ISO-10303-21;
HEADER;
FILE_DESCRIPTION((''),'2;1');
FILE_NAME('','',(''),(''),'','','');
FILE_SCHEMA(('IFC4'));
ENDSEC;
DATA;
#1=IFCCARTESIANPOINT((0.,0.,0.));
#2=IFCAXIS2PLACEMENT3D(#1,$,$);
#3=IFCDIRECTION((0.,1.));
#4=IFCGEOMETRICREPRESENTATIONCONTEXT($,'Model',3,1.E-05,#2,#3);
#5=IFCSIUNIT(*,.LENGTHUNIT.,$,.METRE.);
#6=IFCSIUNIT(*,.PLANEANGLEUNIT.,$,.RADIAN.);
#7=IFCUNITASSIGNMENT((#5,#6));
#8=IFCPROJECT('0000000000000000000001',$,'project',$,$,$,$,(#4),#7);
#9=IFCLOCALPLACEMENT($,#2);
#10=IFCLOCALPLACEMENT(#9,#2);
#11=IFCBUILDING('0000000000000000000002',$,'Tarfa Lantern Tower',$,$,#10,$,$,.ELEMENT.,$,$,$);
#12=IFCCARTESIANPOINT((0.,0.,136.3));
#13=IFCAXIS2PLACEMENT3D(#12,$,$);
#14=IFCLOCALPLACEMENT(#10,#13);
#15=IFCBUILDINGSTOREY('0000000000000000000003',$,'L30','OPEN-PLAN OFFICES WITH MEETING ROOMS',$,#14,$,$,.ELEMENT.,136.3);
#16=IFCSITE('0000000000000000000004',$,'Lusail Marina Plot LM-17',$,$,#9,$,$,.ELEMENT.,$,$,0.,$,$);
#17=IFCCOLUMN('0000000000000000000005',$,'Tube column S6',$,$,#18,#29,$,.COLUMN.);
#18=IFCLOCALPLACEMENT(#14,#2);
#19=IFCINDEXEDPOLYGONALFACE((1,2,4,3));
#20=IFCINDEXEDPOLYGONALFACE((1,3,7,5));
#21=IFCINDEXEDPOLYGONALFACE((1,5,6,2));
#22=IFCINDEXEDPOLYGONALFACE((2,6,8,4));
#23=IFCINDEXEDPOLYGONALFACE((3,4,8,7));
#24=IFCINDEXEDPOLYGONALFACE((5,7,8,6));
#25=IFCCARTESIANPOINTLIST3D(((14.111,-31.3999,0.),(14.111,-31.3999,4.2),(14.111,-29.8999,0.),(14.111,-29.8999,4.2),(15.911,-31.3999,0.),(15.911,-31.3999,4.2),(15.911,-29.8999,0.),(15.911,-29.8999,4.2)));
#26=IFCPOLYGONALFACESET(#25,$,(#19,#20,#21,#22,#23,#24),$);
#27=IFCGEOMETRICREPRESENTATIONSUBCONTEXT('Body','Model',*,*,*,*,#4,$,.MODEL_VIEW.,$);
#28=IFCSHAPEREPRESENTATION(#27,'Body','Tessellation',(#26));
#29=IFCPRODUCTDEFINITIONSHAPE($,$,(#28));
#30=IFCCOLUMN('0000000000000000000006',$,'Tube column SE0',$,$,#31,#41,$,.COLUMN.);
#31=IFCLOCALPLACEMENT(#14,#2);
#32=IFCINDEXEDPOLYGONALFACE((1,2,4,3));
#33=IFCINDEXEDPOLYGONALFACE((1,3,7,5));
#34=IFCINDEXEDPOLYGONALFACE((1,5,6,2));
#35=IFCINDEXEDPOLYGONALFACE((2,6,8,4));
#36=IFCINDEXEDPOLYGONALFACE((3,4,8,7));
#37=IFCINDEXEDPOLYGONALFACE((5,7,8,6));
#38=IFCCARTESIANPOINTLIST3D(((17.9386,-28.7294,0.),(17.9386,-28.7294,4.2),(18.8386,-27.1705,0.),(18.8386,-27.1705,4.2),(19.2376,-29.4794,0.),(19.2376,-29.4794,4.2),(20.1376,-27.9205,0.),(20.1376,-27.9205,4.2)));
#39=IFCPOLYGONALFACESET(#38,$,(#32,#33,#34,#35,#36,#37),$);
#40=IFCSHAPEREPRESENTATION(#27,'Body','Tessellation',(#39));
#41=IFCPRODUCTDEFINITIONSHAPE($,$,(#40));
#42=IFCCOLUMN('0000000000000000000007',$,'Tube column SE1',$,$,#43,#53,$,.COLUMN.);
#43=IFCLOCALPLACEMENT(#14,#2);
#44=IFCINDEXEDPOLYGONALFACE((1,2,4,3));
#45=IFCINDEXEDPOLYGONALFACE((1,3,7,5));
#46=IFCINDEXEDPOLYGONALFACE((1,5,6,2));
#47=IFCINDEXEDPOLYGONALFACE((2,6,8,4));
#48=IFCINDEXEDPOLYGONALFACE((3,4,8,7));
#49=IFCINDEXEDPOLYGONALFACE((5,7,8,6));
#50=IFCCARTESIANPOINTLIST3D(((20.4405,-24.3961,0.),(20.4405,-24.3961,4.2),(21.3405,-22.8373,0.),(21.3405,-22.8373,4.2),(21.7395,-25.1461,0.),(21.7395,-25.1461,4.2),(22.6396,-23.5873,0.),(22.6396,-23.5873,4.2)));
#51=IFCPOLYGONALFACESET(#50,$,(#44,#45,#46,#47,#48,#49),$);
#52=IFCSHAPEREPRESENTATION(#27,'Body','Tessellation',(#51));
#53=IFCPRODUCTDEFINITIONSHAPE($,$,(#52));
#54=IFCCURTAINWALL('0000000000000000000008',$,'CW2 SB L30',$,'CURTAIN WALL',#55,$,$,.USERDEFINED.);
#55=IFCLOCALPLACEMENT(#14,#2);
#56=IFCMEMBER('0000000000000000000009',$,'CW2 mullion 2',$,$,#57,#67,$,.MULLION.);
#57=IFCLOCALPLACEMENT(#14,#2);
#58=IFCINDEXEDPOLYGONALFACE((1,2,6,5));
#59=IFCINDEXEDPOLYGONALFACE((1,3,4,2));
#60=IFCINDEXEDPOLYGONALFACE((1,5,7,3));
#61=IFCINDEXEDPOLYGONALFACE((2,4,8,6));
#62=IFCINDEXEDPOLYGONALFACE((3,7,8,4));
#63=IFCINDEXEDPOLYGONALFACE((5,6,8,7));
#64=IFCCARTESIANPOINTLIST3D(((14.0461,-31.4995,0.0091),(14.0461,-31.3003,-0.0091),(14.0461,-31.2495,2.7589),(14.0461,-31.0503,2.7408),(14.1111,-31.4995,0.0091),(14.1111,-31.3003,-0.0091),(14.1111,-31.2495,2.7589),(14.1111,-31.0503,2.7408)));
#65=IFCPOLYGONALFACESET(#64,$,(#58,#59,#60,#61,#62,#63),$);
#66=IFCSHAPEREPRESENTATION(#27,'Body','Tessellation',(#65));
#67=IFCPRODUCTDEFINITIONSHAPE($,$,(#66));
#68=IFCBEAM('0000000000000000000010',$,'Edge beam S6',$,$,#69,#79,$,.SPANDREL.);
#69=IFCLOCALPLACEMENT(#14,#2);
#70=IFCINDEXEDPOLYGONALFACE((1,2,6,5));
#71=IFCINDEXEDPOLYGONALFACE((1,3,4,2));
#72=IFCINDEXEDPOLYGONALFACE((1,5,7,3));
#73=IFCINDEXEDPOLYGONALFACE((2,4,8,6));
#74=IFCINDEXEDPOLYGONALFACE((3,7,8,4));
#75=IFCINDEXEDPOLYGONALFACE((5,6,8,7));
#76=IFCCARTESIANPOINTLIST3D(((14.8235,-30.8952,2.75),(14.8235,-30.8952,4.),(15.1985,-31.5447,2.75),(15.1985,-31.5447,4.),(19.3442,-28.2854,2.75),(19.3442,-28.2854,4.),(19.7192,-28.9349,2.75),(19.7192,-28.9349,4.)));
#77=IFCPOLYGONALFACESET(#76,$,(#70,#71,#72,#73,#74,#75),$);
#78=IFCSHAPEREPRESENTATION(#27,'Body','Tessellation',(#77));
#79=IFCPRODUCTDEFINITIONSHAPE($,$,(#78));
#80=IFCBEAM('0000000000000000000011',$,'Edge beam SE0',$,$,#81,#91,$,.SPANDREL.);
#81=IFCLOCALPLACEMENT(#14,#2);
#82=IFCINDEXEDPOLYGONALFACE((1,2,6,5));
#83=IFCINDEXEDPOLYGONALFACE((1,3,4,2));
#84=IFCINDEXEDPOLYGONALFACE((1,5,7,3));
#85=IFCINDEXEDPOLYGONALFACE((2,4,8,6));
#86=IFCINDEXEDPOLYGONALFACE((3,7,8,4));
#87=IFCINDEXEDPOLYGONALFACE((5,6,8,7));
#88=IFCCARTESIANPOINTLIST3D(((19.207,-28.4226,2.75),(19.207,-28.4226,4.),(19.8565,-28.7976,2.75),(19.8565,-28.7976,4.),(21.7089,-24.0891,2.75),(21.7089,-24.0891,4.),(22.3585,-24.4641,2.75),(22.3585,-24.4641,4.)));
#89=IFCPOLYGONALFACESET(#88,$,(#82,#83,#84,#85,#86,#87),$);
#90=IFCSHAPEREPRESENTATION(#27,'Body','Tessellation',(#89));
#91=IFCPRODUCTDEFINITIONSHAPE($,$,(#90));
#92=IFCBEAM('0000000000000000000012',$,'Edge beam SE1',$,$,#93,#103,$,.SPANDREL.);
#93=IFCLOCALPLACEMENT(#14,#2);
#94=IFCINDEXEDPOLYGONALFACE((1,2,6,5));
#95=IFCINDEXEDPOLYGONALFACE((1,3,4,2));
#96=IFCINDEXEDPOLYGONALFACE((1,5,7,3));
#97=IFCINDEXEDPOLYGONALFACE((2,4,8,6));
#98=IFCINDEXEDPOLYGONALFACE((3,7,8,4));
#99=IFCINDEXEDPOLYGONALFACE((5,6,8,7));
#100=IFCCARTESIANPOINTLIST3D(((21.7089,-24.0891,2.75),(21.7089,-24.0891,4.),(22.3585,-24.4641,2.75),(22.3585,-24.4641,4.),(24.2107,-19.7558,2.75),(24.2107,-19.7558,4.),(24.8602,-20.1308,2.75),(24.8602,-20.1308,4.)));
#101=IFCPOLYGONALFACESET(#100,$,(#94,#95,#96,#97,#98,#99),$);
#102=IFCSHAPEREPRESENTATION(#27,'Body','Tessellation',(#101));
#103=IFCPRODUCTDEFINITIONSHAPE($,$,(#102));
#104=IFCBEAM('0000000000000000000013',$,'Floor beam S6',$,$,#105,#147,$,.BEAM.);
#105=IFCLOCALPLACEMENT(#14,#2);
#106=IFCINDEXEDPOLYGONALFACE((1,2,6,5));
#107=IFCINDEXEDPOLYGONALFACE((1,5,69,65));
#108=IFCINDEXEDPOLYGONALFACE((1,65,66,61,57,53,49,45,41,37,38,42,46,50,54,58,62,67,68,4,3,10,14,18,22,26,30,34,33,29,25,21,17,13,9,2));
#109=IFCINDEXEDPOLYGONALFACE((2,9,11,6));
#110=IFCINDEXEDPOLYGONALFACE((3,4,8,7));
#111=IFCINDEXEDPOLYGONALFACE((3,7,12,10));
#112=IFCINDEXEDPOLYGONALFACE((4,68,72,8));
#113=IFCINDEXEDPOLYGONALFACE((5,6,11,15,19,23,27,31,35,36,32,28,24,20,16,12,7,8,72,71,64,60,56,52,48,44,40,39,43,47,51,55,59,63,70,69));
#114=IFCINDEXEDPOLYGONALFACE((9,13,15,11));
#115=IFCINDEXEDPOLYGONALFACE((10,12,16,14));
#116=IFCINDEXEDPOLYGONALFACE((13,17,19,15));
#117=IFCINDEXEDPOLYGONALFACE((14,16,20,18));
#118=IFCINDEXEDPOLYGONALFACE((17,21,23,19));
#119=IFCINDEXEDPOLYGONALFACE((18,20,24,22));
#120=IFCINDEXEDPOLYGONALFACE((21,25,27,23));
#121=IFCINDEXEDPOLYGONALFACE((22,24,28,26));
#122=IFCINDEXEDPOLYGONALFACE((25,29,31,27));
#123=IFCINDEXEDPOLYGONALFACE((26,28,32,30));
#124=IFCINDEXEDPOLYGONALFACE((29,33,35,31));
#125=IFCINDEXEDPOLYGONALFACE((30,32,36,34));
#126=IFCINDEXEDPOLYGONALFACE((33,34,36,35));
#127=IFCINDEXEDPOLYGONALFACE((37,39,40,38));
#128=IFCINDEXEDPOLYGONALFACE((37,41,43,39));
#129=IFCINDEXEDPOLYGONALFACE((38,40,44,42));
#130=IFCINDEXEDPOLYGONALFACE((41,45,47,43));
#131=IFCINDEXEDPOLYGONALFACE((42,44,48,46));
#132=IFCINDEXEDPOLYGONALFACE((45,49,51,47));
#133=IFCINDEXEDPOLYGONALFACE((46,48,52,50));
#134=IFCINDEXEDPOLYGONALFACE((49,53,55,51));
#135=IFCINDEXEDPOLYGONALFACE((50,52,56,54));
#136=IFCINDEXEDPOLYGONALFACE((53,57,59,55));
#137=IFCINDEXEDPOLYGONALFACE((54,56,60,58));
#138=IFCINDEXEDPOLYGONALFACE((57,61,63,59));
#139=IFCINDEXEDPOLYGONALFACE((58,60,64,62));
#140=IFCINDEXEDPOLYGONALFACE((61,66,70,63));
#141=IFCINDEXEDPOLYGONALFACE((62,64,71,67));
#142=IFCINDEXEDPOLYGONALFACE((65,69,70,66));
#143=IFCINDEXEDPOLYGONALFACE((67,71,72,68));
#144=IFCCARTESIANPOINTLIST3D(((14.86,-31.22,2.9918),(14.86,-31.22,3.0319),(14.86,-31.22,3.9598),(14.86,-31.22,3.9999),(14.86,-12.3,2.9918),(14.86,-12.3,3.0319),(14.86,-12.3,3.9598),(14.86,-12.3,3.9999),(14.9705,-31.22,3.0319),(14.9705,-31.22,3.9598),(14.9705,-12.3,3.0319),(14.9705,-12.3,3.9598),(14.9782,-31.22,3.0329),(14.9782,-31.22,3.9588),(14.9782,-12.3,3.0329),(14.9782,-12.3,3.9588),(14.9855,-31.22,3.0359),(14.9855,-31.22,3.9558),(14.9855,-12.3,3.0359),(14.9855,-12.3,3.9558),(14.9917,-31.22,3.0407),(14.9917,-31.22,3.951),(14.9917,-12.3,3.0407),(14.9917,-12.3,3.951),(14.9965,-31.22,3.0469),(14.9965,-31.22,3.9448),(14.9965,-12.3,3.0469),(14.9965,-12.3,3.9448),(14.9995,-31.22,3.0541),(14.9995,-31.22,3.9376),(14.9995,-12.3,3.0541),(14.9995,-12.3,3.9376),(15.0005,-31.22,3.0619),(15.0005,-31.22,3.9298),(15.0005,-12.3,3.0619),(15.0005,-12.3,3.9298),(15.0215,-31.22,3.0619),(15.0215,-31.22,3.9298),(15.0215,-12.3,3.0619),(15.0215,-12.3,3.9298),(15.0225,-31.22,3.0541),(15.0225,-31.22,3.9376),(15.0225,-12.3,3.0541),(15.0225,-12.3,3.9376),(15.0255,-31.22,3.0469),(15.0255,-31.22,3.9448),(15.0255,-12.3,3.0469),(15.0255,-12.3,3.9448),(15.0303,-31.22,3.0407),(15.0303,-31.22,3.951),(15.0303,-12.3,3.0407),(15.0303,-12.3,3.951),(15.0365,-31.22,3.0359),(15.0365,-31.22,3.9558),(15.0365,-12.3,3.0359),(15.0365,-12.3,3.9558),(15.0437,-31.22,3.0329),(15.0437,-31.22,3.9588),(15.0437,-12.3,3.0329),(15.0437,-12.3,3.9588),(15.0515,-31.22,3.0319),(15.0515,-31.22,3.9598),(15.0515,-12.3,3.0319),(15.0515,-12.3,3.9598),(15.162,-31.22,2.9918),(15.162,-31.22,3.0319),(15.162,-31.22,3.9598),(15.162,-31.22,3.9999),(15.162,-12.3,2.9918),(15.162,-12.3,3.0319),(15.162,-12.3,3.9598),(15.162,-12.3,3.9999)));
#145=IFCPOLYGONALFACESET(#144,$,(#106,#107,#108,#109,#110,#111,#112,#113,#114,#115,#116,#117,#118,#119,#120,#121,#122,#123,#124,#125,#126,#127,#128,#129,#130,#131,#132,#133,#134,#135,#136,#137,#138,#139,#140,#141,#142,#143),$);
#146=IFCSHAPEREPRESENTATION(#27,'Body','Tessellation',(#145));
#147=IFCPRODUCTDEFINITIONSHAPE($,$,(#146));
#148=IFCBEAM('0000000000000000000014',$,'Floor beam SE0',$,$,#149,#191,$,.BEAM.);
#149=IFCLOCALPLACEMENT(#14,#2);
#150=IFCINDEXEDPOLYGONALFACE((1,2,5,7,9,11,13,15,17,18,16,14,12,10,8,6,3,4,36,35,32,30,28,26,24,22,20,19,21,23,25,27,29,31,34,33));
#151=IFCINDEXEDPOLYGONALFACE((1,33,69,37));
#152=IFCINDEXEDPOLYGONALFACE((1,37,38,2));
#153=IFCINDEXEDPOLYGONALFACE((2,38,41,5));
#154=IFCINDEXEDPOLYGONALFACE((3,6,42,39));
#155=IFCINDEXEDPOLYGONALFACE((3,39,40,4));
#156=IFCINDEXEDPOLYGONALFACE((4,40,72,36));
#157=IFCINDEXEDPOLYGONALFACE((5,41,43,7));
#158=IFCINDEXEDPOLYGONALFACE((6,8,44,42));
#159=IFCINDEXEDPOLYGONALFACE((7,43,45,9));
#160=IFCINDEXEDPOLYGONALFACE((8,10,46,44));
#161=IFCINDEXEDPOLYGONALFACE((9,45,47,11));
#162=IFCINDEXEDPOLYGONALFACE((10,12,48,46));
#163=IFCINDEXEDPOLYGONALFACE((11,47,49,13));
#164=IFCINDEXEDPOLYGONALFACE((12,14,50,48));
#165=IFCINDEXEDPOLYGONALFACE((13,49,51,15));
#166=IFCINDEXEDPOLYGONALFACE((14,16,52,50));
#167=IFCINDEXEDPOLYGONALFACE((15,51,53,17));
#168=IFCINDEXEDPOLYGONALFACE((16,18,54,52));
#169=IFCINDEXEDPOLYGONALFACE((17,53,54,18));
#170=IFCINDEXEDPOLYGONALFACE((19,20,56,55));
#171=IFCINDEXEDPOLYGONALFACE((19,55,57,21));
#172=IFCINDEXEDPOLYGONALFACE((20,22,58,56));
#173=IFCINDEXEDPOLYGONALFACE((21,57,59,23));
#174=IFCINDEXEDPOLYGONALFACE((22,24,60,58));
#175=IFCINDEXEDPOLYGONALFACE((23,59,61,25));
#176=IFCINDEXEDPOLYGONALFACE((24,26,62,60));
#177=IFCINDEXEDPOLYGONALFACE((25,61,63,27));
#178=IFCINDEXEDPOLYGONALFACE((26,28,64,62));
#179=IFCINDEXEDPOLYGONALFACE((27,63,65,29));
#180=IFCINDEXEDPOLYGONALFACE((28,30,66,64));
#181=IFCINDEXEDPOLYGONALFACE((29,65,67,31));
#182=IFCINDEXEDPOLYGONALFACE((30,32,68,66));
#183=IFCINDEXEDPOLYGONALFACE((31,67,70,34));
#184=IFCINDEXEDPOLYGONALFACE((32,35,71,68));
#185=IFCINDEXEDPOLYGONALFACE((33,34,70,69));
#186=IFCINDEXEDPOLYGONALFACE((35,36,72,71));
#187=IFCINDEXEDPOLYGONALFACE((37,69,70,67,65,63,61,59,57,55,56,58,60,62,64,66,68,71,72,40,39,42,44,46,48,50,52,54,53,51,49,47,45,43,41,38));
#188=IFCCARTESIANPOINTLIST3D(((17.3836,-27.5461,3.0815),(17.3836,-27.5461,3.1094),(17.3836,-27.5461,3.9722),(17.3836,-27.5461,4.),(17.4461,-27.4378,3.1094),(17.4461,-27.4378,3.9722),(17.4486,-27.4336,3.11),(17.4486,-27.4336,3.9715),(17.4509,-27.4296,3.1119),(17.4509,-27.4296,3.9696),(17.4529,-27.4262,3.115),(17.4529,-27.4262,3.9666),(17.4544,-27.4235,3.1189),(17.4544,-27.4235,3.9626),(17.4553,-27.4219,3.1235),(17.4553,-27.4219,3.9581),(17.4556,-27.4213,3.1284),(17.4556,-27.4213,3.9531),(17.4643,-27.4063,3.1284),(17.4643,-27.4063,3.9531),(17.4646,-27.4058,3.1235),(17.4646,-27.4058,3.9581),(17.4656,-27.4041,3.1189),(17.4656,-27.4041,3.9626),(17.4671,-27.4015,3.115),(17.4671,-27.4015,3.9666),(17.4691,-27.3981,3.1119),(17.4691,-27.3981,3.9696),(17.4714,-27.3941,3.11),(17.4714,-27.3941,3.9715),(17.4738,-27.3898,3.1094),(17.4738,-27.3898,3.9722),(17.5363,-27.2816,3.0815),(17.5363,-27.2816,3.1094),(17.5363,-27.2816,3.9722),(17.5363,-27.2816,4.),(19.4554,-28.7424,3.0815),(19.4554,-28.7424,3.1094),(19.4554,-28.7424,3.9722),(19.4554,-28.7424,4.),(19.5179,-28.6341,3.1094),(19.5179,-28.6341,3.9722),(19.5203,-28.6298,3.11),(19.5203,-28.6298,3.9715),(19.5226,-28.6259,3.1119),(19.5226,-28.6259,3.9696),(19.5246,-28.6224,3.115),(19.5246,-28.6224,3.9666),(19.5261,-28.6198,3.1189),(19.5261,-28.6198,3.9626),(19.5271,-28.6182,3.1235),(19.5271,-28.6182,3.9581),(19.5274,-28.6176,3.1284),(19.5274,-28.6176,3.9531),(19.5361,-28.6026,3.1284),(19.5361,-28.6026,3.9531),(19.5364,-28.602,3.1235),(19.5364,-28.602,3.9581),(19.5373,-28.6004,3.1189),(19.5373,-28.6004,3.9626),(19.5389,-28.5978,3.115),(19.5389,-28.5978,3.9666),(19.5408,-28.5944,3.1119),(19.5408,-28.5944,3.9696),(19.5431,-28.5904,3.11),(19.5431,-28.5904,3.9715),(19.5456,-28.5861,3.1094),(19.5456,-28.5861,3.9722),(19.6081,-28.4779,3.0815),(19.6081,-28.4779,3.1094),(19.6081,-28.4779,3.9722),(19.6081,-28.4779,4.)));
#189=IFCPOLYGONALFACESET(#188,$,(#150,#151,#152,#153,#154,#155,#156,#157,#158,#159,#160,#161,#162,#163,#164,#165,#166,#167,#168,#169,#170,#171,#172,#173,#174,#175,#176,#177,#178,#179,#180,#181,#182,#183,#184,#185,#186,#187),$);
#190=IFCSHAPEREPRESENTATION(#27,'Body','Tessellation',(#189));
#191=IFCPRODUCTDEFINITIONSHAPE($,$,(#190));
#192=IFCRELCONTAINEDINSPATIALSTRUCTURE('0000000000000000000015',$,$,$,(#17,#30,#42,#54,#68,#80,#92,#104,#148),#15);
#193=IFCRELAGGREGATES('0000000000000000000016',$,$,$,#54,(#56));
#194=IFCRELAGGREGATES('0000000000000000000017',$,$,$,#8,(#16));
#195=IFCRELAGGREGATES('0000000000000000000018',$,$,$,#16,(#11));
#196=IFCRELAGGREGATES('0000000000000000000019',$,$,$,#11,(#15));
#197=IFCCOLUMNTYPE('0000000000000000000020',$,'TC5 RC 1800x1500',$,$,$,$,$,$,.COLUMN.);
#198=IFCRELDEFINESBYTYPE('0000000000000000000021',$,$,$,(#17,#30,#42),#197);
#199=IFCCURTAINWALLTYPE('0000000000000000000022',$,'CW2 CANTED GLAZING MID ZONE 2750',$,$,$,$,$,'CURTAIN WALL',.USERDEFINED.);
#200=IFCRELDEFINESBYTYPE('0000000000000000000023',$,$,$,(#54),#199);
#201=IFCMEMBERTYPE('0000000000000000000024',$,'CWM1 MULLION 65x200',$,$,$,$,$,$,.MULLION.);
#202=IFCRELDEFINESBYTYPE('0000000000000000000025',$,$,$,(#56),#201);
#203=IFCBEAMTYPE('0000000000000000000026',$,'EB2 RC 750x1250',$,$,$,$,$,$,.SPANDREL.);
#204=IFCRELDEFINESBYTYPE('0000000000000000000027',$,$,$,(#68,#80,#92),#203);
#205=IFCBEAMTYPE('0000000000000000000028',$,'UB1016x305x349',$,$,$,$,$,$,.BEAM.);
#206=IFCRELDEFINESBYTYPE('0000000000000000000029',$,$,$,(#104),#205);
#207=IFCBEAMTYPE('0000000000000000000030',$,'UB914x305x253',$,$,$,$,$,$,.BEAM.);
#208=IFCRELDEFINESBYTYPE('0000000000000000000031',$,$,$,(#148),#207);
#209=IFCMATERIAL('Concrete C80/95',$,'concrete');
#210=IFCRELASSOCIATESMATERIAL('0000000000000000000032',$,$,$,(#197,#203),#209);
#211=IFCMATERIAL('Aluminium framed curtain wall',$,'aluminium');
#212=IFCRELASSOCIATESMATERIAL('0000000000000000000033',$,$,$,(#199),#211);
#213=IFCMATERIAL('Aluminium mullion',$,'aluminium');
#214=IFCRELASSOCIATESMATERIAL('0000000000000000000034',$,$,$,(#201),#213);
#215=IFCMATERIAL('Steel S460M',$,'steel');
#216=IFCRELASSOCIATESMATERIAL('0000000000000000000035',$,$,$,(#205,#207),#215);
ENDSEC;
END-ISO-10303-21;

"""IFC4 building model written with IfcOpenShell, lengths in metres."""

from ifc_helpers import new_model, si_unit, direction, frame, origin, origin_2d, place, context, subcontext, project, spatial, rectangle, i_section, extrude, material, material_profile, profile_set, type_object, element, aggregate, save


model = new_model("IFC4")

# Units and contexts
model_context = context("Model", 3, precision=1e-05, world=origin(), true_north=direction((0.0, 1.0)))
body_context = subcontext(model_context, "Body", "Model", "MODEL_VIEW")
ifc_project = project(units=[si_unit("LENGTHUNIT", "METRE"), si_unit("PLANEANGLEUNIT", "RADIAN")], contexts=[model_context])

# Site, building, storey
site_placement = place(None, origin())
site = spatial("IfcSite", under=ifc_project, at=site_placement, Name="Lusail Marina Plot LM-17", CompositionType="ELEMENT", RefElevation=0.0)
building_placement = place(site_placement, origin())
building = spatial("IfcBuilding", under=site, at=building_placement, Name="Tarfa Lantern Tower", CompositionType="ELEMENT")
storey_placement = place(building_placement, frame((0.0, 0.0, 136.3)))
storey = spatial("IfcBuildingStorey", under=building, at=storey_placement, Name="L30", Description="OPEN-PLAN OFFICES WITH MEETING ROOMS", CompositionType="ELEMENT", Elevation=136.3)

# Columns
ifc_material_1 = material(Name="Concrete C80/95", Category="concrete")
ifc_material_profile_1 = material_profile(ifc_material_1, rectangle(XDim=1.8, YDim=1.5, at=origin_2d()), Name="RC 1800x1500")
ifc_profile_set_1 = profile_set([ifc_material_profile_1], Name="Concrete C80/95")
column_type = type_object("IfcColumnType", Name="TC5 RC 1800x1500", PredefinedType="COLUMN", material=ifc_profile_set_1)
for number, where, z_axis, x_axis, name in (
    (1, (15.011, -30.6499, 0.0), (0.0, 0.0, 1.0), (1.0, 0.0, 0.0), "Tube column S6"),
    (2, (19.0381, -28.325, 0.0), (0.0, 0.0, 1.0), (0.5, 0.866025, 0.0), "Tube column SE0"),
    (3, (21.54, -23.9917, 0.0), (0.0, 0.0, 1.0), (0.5, 0.866025, 0.0), "Tube column SE1"),
):
    element("IfcColumn", number, at=place(storey_placement, frame(where, z_axis=z_axis, x_axis=x_axis)), inside=storey, type_object=column_type, Name=name, PredefinedType="COLUMN", context=body_context, shape_type="SweptSolid", body=[
        extrude(rectangle(XDim=1.8, YDim=1.5, at=origin_2d()), origin(), (0.0, 0.0, 1.0), 4.2),
    ])

# Curtain wall, member
ifc_material_2 = material(Name="Aluminium framed curtain wall", Category="aluminium")
curtain_wall_type = type_object("IfcCurtainWallType", Name="CW2 CANTED GLAZING MID ZONE 2750", ElementType="CURTAIN WALL", PredefinedType="USERDEFINED", material=ifc_material_2)
curtain_wall_placement = place(storey_placement, origin())
curtain_wall = element("IfcCurtainWall", 4, at=curtain_wall_placement, inside=storey, type_object=curtain_wall_type, Name="CW2 SB L30", ObjectType="CURTAIN WALL", PredefinedType="USERDEFINED")
ifc_material_3 = material(Name="Aluminium mullion", Category="aluminium")
ifc_material_profile_2 = material_profile(ifc_material_3, rectangle(XDim=0.0649, YDim=0.2, at=origin_2d()), Name="AL MULLION 65x200")
ifc_profile_set_2 = profile_set([ifc_material_profile_2], Name="Aluminium mullion")
member_type = type_object("IfcMemberType", Name="CWM1 MULLION 65x200", PredefinedType="MULLION", material=ifc_profile_set_2)
member_placement = place(storey_placement, frame((14.0786, -31.3999, 0.0), z_axis=(0.0, 0.090536, 0.995893), x_axis=(-1.0, 0.0, 0.0)))
member = element("IfcMember", 5, at=member_placement, type_object=member_type, Name="CW2 mullion 2", PredefinedType="MULLION", context=body_context, shape_type="SweptSolid", body=[
    extrude(rectangle(XDim=0.0649, YDim=0.2, at=origin_2d()), origin(), (0.0, 0.0, 1.0), 2.7612),
])
aggregate(curtain_wall, [member])

# Beams
ifc_material_profile_3 = material_profile(ifc_material_1, rectangle(XDim=0.75, YDim=1.25, at=origin_2d()), Name="RC 750x1250")
ifc_profile_set_3 = profile_set([ifc_material_profile_3], Name="Concrete C80/95")
beam_type_1 = type_object("IfcBeamType", Name="EB2 RC 750x1250", PredefinedType="SPANDREL", material=ifc_profile_set_3)
beam_1_placement = place(storey_placement, frame((15.011, -31.22, 3.375), z_axis=(0.866042, 0.499972, 0.0), x_axis=(-0.499972, 0.866042, 0.0)))
element("IfcBeam", 6, at=beam_1_placement, inside=storey, type_object=beam_type_1, Name="Edge beam S6", PredefinedType="SPANDREL", context=body_context, shape_type="SweptSolid", body=[
    extrude(rectangle(XDim=0.75, YDim=1.25, at=origin_2d()), origin(), (0.0, 0.0, 1.0), 5.22),
])
beam_2_placement = place(storey_placement, frame((19.5317, -28.6101, 3.375), z_axis=(0.500001, 0.866025, 0.0), x_axis=(-0.866025, 0.500001, 0.0)))
element("IfcBeam", 7, at=beam_2_placement, inside=storey, type_object=beam_type_1, Name="Edge beam SE0", PredefinedType="SPANDREL", context=body_context, shape_type="SweptSolid", body=[
    extrude(rectangle(XDim=0.75, YDim=1.25, at=origin_2d()), origin(), (0.0, 0.0, 1.0), 5.0039),
])
beam_3_placement = place(storey_placement, frame((22.0337, -24.2766, 3.375), z_axis=(0.499986, 0.866034, 0.0), x_axis=(-0.866034, 0.499986, 0.0)))
element("IfcBeam", 8, at=beam_3_placement, inside=storey, type_object=beam_type_1, Name="Edge beam SE1", PredefinedType="SPANDREL", context=body_context, shape_type="SweptSolid", body=[
    extrude(rectangle(XDim=0.75, YDim=1.25, at=origin_2d()), origin(), (0.0, 0.0, 1.0), 5.0037),
])
ifc_material_4 = material(Name="Steel S460M", Category="steel")
ifc_material_profile_4 = material_profile(ifc_material_4, i_section(OverallWidth=0.302, OverallDepth=1.0081, WebThickness=0.021, FlangeThickness=0.04, FilletRadius=0.03, at=origin_2d()), Name="UB1016x305x349")
ifc_profile_set_4 = profile_set([ifc_material_profile_4], Name="Steel S460M")
beam_type_2 = type_object("IfcBeamType", Name="UB1016x305x349", PredefinedType="BEAM", material=ifc_profile_set_4)
beam_4_placement = place(storey_placement, frame((15.011, -31.22, 3.4958), z_axis=(0.0, 1.0, 0.0), x_axis=(-1.0, 0.0, 0.0)))
element("IfcBeam", 9, at=beam_4_placement, inside=storey, type_object=beam_type_2, Name="Floor beam S6", PredefinedType="BEAM", context=body_context, shape_type="SweptSolid", body=[
    extrude(i_section(OverallWidth=0.302, OverallDepth=1.0081, WebThickness=0.021, FlangeThickness=0.04, FilletRadius=0.03, at=origin_2d()), origin(), (0.0, 0.0, 1.0), 18.9199),
])
ifc_material_profile_5 = material_profile(ifc_material_4, i_section(OverallWidth=0.3054, OverallDepth=0.9185, WebThickness=0.0173, FlangeThickness=0.0278, FilletRadius=0.019, at=origin_2d()), Name="UB914x305x253")
ifc_profile_set_5 = profile_set([ifc_material_profile_5], Name="Steel S460M")
beam_type_3 = type_object("IfcBeamType", Name="UB914x305x253", PredefinedType="BEAM", material=ifc_profile_set_5)
beam_5_placement = place(storey_placement, frame((19.5317, -28.6101, 3.5408), z_axis=(-0.865999, 0.500046, 0.0), x_axis=(-0.500046, -0.865999, 0.0)))
element("IfcBeam", 10, at=beam_5_placement, inside=storey, type_object=beam_type_3, Name="Floor beam SE0", PredefinedType="BEAM", context=body_context, shape_type="SweptSolid", body=[
    extrude(i_section(OverallWidth=0.3054, OverallDepth=0.9185, WebThickness=0.0173, FlangeThickness=0.0278, FilletRadius=0.019, at=origin_2d()), origin(), (0.0, 0.0, 1.0), 2.3923),
])

save(model, "model.ifc")
